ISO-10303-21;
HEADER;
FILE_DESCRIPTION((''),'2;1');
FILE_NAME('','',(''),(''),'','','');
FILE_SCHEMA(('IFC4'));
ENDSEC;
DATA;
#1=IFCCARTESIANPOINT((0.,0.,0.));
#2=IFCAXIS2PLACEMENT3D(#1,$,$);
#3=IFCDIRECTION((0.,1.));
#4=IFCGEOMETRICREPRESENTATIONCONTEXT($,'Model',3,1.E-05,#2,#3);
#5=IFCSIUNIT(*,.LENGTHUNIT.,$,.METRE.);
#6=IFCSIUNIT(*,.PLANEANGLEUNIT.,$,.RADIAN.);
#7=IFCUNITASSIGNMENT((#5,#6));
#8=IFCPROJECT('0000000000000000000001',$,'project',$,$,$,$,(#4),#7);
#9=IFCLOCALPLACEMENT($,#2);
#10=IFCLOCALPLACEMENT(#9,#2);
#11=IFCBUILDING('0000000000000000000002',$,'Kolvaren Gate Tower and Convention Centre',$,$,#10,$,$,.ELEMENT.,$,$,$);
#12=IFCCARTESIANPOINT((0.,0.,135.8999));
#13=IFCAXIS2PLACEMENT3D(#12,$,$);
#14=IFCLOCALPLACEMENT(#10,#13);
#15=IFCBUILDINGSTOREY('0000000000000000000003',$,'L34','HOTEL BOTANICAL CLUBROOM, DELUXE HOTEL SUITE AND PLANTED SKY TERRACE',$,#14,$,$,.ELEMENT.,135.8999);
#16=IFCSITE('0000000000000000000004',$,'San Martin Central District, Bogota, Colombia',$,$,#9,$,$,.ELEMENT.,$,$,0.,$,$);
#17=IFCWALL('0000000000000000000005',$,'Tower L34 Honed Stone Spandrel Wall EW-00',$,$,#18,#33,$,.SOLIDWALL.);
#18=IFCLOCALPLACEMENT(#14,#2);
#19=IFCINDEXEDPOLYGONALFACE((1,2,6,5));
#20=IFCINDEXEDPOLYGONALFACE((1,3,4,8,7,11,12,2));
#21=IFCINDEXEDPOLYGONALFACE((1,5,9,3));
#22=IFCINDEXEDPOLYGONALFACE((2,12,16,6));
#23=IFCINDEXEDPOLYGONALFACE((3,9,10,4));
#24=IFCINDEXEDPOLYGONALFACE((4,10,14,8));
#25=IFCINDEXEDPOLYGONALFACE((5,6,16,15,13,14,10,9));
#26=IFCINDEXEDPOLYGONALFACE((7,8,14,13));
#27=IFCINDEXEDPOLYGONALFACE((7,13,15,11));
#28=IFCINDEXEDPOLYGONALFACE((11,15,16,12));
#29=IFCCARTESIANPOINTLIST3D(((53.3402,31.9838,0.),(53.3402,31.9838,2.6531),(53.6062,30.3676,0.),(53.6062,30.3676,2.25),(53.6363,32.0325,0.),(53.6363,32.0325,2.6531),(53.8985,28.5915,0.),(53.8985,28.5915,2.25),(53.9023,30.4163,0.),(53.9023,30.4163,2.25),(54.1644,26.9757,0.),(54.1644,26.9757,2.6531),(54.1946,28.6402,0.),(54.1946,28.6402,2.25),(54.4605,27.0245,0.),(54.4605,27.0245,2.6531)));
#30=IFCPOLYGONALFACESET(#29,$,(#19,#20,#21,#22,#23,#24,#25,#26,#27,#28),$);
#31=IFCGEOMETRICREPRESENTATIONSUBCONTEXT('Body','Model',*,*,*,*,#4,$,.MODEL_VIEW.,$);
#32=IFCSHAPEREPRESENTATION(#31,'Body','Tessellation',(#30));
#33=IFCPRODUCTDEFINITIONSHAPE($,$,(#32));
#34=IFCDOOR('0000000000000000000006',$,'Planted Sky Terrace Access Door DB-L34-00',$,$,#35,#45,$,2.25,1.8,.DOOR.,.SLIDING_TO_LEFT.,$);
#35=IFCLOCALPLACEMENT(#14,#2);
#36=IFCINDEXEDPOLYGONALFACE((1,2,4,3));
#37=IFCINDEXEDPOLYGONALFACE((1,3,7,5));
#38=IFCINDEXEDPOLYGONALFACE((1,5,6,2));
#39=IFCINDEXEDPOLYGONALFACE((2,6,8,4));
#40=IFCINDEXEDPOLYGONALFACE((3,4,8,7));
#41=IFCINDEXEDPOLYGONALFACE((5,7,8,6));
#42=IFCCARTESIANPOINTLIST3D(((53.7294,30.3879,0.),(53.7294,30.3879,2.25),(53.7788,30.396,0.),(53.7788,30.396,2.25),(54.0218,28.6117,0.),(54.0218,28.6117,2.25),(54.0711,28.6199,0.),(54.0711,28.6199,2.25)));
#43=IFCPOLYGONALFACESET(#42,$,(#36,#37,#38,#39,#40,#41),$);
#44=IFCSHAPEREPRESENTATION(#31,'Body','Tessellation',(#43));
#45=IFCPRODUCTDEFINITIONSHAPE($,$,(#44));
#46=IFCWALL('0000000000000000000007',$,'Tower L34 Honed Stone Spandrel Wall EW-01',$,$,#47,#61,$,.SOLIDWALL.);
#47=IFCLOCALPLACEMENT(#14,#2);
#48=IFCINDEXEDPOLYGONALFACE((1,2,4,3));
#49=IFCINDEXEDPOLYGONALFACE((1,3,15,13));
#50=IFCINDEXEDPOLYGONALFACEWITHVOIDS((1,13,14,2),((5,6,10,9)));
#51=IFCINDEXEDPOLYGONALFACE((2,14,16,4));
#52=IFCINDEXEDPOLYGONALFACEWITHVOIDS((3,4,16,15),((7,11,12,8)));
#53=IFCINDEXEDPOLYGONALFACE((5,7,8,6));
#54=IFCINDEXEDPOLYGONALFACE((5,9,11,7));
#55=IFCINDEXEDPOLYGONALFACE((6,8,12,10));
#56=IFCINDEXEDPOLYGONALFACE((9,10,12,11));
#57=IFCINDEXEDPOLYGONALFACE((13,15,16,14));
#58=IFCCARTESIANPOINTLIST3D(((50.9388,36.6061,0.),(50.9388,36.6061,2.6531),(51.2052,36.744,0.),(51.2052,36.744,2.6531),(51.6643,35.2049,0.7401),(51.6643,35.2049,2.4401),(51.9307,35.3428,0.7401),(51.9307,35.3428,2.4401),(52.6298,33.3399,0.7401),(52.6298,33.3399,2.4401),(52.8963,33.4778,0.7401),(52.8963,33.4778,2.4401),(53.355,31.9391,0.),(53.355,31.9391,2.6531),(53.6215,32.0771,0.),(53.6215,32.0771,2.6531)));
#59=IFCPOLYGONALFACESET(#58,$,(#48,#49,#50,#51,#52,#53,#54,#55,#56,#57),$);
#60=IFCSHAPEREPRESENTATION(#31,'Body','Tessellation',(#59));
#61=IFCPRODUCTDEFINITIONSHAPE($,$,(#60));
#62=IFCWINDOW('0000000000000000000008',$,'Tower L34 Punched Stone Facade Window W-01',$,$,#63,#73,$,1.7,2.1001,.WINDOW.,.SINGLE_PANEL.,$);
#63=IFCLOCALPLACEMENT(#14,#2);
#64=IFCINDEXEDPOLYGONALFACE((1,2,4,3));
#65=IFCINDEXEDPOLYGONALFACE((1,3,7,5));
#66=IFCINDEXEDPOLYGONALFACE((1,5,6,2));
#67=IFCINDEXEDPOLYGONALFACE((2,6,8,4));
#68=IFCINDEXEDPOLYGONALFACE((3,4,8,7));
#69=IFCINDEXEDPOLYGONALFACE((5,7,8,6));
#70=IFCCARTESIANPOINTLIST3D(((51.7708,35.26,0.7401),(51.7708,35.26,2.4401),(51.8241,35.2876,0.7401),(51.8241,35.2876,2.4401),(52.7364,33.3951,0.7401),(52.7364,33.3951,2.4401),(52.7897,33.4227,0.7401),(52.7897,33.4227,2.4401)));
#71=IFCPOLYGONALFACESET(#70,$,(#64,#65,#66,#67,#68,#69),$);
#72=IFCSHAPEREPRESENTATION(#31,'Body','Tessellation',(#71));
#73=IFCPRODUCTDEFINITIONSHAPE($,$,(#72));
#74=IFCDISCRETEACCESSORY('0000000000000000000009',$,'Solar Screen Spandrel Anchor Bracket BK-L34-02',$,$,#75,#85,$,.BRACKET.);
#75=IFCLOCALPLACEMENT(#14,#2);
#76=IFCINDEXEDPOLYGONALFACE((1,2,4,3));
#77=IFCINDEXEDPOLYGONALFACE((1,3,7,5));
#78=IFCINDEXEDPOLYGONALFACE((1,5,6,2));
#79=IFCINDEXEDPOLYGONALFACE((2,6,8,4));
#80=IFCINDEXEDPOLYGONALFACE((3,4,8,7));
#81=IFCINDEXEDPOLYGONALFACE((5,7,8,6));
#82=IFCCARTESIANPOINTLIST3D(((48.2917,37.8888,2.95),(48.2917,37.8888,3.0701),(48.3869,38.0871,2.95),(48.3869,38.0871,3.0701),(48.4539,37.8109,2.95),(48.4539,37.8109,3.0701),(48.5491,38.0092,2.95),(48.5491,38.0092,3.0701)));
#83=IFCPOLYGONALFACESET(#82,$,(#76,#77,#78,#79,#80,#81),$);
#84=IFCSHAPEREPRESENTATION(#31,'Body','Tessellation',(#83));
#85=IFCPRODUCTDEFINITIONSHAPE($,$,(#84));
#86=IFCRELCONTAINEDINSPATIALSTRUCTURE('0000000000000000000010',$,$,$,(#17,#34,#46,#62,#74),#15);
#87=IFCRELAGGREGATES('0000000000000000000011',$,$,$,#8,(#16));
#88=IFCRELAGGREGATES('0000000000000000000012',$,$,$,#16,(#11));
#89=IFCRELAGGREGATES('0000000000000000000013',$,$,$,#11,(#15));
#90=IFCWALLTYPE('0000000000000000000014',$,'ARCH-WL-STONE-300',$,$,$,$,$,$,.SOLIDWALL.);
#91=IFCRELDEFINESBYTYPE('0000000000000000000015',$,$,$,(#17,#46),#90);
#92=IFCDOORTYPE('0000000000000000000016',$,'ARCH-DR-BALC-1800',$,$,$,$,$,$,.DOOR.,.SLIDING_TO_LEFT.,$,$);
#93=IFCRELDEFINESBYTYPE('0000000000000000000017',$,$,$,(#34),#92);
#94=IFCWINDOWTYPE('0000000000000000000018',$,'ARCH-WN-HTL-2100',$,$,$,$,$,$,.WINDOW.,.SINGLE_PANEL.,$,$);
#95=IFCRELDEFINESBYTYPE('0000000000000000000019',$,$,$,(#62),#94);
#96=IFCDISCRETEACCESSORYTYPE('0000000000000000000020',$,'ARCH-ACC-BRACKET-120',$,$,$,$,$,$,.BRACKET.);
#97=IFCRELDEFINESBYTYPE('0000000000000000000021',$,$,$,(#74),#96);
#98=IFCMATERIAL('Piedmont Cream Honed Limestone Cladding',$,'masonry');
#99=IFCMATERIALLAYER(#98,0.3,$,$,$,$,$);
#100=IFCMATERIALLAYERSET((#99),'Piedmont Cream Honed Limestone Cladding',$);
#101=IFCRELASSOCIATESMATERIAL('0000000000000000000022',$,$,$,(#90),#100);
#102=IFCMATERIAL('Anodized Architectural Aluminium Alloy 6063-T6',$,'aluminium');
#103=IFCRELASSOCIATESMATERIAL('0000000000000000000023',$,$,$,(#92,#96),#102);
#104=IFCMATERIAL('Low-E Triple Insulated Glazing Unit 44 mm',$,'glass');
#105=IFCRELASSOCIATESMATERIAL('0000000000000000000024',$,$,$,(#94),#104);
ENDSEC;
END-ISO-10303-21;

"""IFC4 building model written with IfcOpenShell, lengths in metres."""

from ifc_helpers import new_model, si_unit, direction, frame, frame_2d, origin, origin_2d, place, context, subcontext, project, spatial, rectangle, extrude, material, layer, layer_set, type_object, element, fill, save


model = new_model("IFC4")

# Units and contexts
model_context = context("Model", 3, precision=1e-05, world=origin(), true_north=direction((0.0, 1.0)))
body_context = subcontext(model_context, "Body", "Model", "MODEL_VIEW")
ifc_project = project(units=[si_unit("LENGTHUNIT", "METRE"), si_unit("PLANEANGLEUNIT", "RADIAN")], contexts=[model_context])

# Site, building, storey
site_placement = place(None, origin())
site = spatial("IfcSite", under=ifc_project, at=site_placement, Name="San Martin Central District, Bogota, Colombia", CompositionType="ELEMENT", RefElevation=0.0)
building_placement = place(site_placement, origin())
building = spatial("IfcBuilding", under=site, at=building_placement, Name="Kolvaren Gate Tower and Convention Centre", CompositionType="ELEMENT")
storey_placement = place(building_placement, frame((0.0, 0.0, 135.8999)))
storey = spatial("IfcBuildingStorey", under=building, at=storey_placement, Name="L34", Description="HOTEL BOTANICAL CLUBROOM, DELUXE HOTEL SUITE AND PLANTED SKY TERRACE", CompositionType="ELEMENT", Elevation=135.8999)

# Shared definitions
ifc_material_1 = material(Name="Anodized Architectural Aluminium Alloy 6063-T6", Category="aluminium")

# Shared definitions
ifc_material_2 = material(Name="Low-E Triple Insulated Glazing Unit 44 mm", Category="glass")

# Shared definitions
ifc_material_3 = material(Name="Piedmont Cream Honed Limestone Cladding", Category="masonry")

# Wall, opening, door
ifc_layer_1 = layer(ifc_material_3, 0.3)
ifc_layer_set_1 = layer_set([ifc_layer_1], Name="Piedmont Cream Honed Limestone Cladding")
wall_type_1 = type_object("IfcWallType", Name="ARCH-WL-STONE-300", PredefinedType="SOLIDWALL", material=ifc_layer_set_1)
wall_1_placement = place(storey_placement, frame((53.4883, 32.0081, 0.0), z_axis=(0.0, 0.0, 1.0), x_axis=(0.162394, -0.986726, 0.0)))
wall_1 = element("IfcWall", 1, at=wall_1_placement, inside=storey, type_object=wall_type_1, Name="Tower L34 Honed Stone Spandrel Wall EW-00", PredefinedType="SOLIDWALL", context=body_context, shape_type="SweptSolid", body=[
    extrude(rectangle(XDim=5.0754, YDim=0.3, at=frame_2d((2.5376, 0.0))), origin(), (0.0, 0.0, 1.0), 2.6531),
])
opening_1_placement = place(wall_1_placement, frame((1.6379, 0.0, 0.0)))
opening_1 = element("IfcOpeningElement", 2, at=opening_1_placement, cuts=wall_1, PredefinedType="OPENING", context=body_context, shape_type="SweptSolid", body=[
    extrude(rectangle(XDim=1.8, YDim=2.25, at=frame_2d((0.8999, 1.125))), frame((0.0, 0.1599, 0.0), z_axis=(0.0, -1.0, 0.0), x_axis=(1.0, 0.0, 0.0)), (0.0, 0.0, 1.0), 0.3201),
])
door_type = type_object("IfcDoorType", Name="ARCH-DR-BALC-1800", OperationType="SLIDING_TO_LEFT", PredefinedType="DOOR", material=ifc_material_1)
door_placement = place(opening_1_placement, origin())
door = element("IfcDoor", 3, at=door_placement, inside=storey, type_object=door_type, Name="Planted Sky Terrace Access Door DB-L34-00", OperationType="SLIDING_TO_LEFT", OverallHeight=2.25, OverallWidth=1.8, PredefinedType="DOOR", context=body_context, shape_type="SweptSolid", body=[
    extrude(rectangle(XDim=1.8, YDim=2.25, at=frame_2d((0.8999, 1.125))), frame((0.0, 0.0249, 0.0), z_axis=(0.0, -1.0, 0.0), x_axis=(1.0, 0.0, 0.0)), (0.0, 0.0, 1.0), 0.05),
])
fill(opening_1, door)

# Wall, opening, window
wall_2_placement = place(storey_placement, frame((51.072, 36.675, 0.0), z_axis=(0.0, 0.0, 1.0), x_axis=(0.459768, -0.888039, 0.0)))
wall_2 = element("IfcWall", 4, at=wall_2_placement, inside=storey, type_object=wall_type_1, Name="Tower L34 Honed Stone Spandrel Wall EW-01", PredefinedType="SOLIDWALL", context=body_context, shape_type="SweptSolid", body=[
    extrude(rectangle(XDim=5.2554, YDim=0.3, at=frame_2d((2.6277, 0.0))), origin(), (0.0, 0.0, 1.0), 2.6531),
])
opening_2_placement = place(wall_2_placement, frame((1.5779, 0.0, 0.74)))
opening_2 = element("IfcOpeningElement", 5, at=opening_2_placement, cuts=wall_2, PredefinedType="OPENING", context=body_context, shape_type="SweptSolid", body=[
    extrude(rectangle(XDim=2.1001, YDim=1.7, at=frame_2d((1.05, 0.8501))), frame((0.0, 0.1599, 0.0), z_axis=(0.0, -1.0, 0.0), x_axis=(1.0, 0.0, 0.0)), (0.0, 0.0, 1.0), 0.3201),
])
window_type = type_object("IfcWindowType", Name="ARCH-WN-HTL-2100", PartitioningType="SINGLE_PANEL", PredefinedType="WINDOW", material=ifc_material_2)
window_placement = place(opening_2_placement, origin())
window = element("IfcWindow", 6, at=window_placement, inside=storey, type_object=window_type, Name="Tower L34 Punched Stone Facade Window W-01", OverallHeight=1.7, OverallWidth=2.1001, PartitioningType="SINGLE_PANEL", PredefinedType="WINDOW", context=body_context, shape_type="SweptSolid", body=[
    extrude(rectangle(XDim=2.1001, YDim=1.7, at=frame_2d((1.05, 0.8501))), frame((0.0, 0.03, 0.0), z_axis=(0.0, -1.0, 0.0), x_axis=(1.0, 0.0, 0.0)), (0.0, 0.0, 1.0), 0.0601),
])
fill(opening_2, window)

# Discrete accessory
discrete_accessory_type = type_object("IfcDiscreteAccessoryType", Name="ARCH-ACC-BRACKET-120", PredefinedType="BRACKET", material=ifc_material_1)
discrete_accessory_placement = place(storey_placement, frame((48.4204, 37.949, 2.95), z_axis=(0.0, 0.0, 1.0), x_axis=(0.901363, -0.433065, 0.0)))
element("IfcDiscreteAccessory", 7, at=discrete_accessory_placement, inside=storey, type_object=discrete_accessory_type, Name="Solar Screen Spandrel Anchor Bracket BK-L34-02", PredefinedType="BRACKET", context=body_context, shape_type="SweptSolid", body=[
    extrude(rectangle(XDim=0.1799, YDim=0.22, at=origin_2d()), origin(), (0.0, 0.0, 1.0), 0.1201),
])

save(model, "model.ifc")
